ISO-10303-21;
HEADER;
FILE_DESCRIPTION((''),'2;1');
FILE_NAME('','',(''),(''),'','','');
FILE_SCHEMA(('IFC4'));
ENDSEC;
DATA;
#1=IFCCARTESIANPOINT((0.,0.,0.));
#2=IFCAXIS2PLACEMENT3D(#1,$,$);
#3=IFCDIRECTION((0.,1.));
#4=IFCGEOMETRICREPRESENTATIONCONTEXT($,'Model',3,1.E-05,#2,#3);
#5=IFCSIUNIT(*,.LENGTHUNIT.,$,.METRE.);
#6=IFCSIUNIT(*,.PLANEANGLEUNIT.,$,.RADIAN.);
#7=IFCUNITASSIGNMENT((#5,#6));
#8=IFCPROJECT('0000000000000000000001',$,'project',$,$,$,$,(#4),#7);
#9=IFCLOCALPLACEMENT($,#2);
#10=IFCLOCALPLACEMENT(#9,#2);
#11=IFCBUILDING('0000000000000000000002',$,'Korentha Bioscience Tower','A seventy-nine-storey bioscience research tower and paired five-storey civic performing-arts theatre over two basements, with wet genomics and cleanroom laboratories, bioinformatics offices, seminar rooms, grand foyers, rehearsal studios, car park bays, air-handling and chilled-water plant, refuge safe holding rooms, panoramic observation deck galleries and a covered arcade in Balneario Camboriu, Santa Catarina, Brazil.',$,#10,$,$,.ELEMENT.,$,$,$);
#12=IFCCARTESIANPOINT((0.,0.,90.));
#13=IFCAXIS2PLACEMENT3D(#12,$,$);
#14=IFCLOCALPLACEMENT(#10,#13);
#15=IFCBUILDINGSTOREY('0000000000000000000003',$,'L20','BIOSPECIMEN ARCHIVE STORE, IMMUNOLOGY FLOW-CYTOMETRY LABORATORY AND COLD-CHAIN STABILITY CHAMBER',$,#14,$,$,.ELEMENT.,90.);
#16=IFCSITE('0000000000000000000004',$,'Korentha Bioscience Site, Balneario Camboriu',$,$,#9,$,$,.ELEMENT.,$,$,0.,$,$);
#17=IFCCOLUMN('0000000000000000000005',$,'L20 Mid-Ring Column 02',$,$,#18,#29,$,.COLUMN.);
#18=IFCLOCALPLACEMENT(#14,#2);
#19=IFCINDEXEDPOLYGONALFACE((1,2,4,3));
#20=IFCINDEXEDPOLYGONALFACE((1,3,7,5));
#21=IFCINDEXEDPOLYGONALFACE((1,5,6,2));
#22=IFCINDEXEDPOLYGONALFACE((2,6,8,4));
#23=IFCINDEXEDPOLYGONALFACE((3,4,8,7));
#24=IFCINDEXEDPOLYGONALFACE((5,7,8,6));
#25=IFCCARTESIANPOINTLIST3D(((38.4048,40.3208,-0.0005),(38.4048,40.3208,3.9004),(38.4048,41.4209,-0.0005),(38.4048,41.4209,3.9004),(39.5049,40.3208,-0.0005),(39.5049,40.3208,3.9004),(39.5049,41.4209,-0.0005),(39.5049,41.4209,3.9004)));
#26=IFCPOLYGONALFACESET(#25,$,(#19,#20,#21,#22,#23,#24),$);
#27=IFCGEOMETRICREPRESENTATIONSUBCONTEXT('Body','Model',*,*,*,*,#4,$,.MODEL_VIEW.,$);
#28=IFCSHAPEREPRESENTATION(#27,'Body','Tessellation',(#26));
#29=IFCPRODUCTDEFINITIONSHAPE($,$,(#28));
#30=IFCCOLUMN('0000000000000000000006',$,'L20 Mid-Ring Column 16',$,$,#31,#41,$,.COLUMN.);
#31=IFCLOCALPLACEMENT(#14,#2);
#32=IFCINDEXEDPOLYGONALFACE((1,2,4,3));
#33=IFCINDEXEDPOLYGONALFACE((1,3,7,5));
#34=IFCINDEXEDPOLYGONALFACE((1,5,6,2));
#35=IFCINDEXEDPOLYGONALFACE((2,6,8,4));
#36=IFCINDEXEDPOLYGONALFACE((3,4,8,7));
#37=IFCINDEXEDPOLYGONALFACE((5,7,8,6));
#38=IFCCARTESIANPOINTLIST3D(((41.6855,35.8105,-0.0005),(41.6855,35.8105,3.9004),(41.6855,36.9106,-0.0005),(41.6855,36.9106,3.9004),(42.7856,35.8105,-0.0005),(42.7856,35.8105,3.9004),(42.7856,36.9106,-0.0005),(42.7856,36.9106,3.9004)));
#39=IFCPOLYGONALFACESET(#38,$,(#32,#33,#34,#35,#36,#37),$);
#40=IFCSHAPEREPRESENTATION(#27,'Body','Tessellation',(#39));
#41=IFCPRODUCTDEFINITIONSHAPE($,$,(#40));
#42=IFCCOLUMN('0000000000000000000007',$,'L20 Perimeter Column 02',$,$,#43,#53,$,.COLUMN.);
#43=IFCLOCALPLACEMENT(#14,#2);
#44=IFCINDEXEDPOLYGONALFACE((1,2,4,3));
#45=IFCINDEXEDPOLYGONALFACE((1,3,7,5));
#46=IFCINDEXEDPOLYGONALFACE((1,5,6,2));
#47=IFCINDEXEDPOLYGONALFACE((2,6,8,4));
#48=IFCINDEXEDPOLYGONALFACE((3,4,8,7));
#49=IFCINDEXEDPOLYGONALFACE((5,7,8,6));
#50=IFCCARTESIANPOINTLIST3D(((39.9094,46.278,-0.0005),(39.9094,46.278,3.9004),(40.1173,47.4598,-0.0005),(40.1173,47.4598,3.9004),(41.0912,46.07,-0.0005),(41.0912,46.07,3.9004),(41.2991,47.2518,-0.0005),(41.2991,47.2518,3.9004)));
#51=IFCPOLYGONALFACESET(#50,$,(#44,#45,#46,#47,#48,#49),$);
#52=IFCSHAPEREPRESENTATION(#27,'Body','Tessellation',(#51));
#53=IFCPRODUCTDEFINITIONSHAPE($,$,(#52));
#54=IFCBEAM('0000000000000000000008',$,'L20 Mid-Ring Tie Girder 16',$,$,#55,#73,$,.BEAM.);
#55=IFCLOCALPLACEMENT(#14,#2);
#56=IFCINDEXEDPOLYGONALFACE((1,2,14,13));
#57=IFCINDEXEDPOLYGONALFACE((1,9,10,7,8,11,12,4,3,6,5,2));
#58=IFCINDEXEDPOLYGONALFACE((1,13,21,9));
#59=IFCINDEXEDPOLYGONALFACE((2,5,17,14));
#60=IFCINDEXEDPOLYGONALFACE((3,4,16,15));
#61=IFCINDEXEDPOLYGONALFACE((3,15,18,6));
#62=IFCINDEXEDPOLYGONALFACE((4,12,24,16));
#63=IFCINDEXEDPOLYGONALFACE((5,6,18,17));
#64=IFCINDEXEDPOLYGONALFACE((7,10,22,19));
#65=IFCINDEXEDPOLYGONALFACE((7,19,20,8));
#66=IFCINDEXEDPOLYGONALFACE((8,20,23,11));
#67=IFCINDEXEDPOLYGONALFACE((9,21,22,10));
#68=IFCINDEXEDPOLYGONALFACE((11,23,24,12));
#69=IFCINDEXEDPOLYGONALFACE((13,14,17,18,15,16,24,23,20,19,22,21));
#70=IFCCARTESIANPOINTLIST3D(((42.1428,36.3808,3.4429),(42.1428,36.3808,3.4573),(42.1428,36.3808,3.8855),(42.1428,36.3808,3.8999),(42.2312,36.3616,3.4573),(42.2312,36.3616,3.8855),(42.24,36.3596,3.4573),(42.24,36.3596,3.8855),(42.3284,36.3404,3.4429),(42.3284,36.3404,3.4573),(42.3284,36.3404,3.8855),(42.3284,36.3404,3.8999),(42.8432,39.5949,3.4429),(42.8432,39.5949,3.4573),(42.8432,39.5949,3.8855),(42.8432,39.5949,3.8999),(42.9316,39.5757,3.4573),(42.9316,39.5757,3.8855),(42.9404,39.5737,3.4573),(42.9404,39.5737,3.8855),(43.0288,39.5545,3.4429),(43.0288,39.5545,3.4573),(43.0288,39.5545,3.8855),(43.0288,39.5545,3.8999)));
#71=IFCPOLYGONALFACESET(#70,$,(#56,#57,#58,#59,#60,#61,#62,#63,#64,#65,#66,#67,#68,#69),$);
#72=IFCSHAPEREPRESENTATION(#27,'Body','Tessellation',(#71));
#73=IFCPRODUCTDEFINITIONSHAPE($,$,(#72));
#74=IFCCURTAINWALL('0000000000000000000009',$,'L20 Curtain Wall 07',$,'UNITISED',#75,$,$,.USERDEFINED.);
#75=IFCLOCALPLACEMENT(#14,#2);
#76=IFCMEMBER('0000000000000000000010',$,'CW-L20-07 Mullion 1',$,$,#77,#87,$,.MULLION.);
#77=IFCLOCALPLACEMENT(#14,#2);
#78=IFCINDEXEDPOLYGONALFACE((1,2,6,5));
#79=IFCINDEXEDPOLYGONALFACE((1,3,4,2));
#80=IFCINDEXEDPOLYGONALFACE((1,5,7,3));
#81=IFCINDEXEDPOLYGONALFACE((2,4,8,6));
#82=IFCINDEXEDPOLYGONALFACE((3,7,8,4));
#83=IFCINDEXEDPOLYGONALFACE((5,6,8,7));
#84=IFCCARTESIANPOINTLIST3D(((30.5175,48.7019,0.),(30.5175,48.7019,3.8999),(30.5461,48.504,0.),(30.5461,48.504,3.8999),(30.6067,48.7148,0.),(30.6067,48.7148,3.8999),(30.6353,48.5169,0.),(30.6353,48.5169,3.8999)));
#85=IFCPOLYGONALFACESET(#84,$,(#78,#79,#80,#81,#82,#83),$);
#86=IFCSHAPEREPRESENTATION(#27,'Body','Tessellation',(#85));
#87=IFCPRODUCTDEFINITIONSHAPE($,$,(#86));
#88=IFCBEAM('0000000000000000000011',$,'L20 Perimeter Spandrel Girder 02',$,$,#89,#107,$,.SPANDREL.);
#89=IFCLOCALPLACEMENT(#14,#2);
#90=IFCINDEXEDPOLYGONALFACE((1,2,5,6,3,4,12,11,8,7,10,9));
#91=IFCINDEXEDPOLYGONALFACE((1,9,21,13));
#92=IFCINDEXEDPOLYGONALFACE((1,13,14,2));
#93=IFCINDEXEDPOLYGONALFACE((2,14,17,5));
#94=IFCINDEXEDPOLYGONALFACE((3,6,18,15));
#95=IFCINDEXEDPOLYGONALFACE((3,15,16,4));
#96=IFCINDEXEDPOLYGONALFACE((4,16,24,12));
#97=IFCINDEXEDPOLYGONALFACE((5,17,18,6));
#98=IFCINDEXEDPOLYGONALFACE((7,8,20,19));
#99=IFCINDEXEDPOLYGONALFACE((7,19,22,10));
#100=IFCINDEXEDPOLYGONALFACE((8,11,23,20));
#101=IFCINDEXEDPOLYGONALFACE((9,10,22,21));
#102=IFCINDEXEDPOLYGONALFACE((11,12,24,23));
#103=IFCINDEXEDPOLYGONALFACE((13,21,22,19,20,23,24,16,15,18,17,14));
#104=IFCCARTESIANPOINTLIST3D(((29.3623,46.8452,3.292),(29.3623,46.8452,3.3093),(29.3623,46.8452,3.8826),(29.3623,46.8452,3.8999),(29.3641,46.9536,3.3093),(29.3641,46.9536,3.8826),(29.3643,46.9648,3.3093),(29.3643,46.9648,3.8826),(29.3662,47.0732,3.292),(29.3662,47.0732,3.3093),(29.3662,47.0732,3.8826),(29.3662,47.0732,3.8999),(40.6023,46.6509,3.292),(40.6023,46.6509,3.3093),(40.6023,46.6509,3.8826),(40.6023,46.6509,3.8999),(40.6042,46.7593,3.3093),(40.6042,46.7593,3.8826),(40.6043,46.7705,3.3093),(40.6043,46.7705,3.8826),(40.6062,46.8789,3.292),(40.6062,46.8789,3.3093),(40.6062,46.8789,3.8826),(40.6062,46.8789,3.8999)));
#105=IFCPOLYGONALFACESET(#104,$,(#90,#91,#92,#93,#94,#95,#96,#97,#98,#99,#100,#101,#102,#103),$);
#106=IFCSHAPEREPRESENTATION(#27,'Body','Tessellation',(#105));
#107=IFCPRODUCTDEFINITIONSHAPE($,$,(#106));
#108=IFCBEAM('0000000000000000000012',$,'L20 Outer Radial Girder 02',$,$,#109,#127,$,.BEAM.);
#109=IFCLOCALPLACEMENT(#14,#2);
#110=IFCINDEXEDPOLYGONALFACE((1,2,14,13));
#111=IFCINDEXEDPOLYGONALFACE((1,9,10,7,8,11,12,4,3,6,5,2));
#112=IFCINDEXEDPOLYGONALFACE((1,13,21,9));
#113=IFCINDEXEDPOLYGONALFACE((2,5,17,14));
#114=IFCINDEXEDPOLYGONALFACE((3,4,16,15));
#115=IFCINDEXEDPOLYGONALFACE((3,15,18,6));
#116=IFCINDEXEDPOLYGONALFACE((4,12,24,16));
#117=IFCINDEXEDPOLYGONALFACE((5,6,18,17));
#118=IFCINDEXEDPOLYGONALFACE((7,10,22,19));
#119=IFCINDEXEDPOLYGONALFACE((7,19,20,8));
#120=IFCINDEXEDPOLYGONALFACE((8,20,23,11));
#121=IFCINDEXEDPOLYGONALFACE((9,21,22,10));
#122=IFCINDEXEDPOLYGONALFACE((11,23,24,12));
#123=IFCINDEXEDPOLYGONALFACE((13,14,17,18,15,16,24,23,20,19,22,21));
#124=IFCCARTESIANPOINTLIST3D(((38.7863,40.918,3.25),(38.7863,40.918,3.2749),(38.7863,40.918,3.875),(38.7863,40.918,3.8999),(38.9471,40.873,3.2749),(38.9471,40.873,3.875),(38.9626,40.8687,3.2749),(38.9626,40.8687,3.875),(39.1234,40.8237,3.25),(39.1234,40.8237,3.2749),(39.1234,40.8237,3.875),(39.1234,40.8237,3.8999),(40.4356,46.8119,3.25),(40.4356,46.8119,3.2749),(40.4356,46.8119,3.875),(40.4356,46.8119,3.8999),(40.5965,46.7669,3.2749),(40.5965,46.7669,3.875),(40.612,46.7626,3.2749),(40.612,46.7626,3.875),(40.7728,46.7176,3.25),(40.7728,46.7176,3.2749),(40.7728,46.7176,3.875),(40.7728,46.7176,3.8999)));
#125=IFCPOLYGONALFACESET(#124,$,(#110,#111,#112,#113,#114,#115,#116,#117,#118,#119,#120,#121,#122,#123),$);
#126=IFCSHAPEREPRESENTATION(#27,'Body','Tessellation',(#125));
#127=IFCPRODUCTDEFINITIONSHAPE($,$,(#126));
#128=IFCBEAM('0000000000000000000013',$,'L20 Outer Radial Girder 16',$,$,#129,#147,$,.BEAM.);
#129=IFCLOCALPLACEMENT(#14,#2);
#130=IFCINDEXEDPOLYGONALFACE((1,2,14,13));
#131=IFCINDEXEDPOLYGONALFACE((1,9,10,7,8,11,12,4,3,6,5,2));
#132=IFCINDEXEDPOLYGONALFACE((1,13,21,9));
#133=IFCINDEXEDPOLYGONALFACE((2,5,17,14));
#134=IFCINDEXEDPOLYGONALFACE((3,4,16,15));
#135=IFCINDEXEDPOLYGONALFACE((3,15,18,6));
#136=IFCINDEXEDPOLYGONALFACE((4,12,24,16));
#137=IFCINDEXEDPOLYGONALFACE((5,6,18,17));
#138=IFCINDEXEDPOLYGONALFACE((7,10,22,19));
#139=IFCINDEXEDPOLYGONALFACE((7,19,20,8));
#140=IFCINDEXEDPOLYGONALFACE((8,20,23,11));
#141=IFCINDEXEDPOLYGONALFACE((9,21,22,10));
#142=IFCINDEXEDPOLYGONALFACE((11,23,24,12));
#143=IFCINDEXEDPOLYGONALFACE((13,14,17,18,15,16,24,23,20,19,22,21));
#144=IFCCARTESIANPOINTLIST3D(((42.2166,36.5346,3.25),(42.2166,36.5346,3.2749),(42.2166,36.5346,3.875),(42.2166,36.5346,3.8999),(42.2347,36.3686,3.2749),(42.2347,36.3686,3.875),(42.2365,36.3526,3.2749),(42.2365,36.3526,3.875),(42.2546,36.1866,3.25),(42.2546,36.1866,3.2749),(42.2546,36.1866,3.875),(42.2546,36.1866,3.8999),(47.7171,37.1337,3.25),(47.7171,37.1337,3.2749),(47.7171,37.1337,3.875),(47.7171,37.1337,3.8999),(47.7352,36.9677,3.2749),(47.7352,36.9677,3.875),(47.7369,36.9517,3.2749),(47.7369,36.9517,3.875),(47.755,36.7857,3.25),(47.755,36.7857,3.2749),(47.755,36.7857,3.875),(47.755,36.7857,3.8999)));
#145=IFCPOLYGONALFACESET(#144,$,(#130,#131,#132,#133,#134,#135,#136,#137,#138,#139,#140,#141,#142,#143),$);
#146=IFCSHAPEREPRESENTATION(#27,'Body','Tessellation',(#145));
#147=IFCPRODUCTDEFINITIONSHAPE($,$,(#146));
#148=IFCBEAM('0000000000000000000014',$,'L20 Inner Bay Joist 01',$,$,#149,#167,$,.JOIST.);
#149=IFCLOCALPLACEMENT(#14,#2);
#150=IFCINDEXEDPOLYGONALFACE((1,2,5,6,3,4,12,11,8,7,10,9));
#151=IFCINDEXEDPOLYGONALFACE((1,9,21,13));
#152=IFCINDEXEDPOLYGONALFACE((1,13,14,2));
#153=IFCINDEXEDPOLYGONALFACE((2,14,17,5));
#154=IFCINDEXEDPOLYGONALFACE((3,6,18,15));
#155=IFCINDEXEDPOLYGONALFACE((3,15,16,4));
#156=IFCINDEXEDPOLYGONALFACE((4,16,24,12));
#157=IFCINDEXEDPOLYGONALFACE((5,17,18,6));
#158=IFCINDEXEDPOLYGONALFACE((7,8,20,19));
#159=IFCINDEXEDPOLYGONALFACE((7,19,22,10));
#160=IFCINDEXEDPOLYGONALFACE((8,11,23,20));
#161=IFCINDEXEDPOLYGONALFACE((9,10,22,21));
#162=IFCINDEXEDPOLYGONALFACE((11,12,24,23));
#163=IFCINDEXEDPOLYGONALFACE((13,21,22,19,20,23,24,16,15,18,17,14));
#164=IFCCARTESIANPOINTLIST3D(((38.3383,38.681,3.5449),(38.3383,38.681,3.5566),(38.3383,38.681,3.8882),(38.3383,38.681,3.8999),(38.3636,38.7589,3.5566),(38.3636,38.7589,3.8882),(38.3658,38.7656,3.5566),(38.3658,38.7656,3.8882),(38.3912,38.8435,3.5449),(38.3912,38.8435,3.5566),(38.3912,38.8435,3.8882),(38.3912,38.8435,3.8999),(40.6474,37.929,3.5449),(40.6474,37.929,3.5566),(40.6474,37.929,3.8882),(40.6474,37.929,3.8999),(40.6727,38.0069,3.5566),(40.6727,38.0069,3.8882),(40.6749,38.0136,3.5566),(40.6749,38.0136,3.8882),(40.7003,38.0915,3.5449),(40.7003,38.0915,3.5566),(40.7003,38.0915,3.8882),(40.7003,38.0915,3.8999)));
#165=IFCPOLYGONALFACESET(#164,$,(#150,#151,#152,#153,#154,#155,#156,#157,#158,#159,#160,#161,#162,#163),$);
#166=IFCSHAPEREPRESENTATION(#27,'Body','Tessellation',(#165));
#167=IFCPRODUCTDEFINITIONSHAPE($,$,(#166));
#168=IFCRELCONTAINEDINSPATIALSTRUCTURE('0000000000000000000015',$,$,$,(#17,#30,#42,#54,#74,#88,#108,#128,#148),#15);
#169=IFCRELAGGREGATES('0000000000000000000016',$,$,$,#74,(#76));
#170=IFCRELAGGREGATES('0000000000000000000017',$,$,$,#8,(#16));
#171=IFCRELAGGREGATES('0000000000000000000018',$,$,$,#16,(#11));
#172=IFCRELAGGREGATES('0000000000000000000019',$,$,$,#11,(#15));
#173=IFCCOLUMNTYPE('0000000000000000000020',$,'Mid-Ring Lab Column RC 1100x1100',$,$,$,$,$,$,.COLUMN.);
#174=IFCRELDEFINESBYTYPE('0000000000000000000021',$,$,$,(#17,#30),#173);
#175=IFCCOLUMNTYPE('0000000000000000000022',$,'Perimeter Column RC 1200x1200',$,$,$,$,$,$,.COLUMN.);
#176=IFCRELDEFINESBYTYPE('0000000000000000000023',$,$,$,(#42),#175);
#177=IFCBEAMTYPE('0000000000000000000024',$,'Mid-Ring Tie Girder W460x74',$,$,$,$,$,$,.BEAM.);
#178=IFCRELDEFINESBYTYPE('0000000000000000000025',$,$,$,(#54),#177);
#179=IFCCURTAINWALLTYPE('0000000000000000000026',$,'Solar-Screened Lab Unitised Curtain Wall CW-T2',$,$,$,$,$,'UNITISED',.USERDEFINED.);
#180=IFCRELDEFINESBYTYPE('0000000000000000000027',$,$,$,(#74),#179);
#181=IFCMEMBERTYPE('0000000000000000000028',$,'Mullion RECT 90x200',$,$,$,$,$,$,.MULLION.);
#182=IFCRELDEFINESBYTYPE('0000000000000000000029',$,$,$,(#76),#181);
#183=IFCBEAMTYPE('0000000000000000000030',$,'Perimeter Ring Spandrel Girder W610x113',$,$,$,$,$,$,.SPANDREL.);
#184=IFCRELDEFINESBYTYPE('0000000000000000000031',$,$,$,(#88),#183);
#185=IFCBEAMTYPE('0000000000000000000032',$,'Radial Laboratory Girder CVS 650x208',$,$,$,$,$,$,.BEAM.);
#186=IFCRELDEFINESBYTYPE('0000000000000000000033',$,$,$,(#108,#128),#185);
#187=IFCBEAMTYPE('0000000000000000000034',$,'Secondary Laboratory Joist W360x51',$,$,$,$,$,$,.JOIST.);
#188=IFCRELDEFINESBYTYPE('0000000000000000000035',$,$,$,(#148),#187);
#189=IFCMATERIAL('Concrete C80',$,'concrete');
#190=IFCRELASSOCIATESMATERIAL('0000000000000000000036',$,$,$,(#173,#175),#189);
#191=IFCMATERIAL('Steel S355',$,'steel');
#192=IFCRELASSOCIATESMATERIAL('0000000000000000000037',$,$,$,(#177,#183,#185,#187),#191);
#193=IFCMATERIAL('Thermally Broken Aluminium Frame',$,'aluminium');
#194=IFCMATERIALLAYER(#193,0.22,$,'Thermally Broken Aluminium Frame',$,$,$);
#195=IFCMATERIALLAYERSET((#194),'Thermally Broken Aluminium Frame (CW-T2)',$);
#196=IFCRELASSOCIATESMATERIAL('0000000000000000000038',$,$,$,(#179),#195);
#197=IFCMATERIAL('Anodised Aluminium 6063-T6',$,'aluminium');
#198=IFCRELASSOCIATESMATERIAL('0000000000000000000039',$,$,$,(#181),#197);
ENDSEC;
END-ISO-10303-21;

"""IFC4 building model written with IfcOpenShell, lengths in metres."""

from ifc_helpers import new_model, si_unit, direction, frame, origin, origin_2d, place, context, subcontext, project, spatial, rectangle, i_section, extrude, material, layer, layer_set, material_profile, profile_set, type_object, element, aggregate, save


model = new_model("IFC4")

# Units and contexts
model_context = context("Model", 3, precision=1e-05, world=origin(), true_north=direction((0.0, 1.0)))
body_context = subcontext(model_context, "Body", "Model", "MODEL_VIEW")
ifc_project = project(units=[si_unit("LENGTHUNIT", "METRE"), si_unit("PLANEANGLEUNIT", "RADIAN")], contexts=[model_context])

# Site, building, storey
site_placement = place(None, origin())
site = spatial("IfcSite", under=ifc_project, at=site_placement, Name="Korentha Bioscience Site, Balneario Camboriu", CompositionType="ELEMENT", RefElevation=0.0)
building_placement = place(site_placement, origin())
building = spatial("IfcBuilding", under=site, at=building_placement, Name="Korentha Bioscience Tower", Description="A seventy-nine-storey bioscience research tower and paired five-storey civic performing-arts theatre over two basements, with wet genomics and cleanroom laboratories, bioinformatics offices, seminar rooms, grand foyers, rehearsal studios, car park bays, air-handling and chilled-water plant, refuge safe holding rooms, panoramic observation deck galleries and a covered arcade in Balneario Camboriu, Santa Catarina, Brazil.", CompositionType="ELEMENT")
storey_placement = place(building_placement, frame((0.0, 0.0, 90.0)))
storey = spatial("IfcBuildingStorey", under=building, at=storey_placement, Name="L20", Description="BIOSPECIMEN ARCHIVE STORE, IMMUNOLOGY FLOW-CYTOMETRY LABORATORY AND COLD-CHAIN STABILITY CHAMBER", CompositionType="ELEMENT", Elevation=90.0)

# Columns
ifc_material_1 = material(Name="Concrete C80", Category="concrete")
ifc_material_profile_1 = material_profile(ifc_material_1, rectangle(XDim=1.1001, YDim=1.1001, at=origin_2d()), Name="Concrete C80")
ifc_profile_set_1 = profile_set([ifc_material_profile_1], Name="Concrete C80 (COL-MR11)")
column_type_1 = type_object("IfcColumnType", Name="Mid-Ring Lab Column RC 1100x1100", PredefinedType="COLUMN", material=ifc_profile_set_1)
for number, where, z_axis, x_axis, name in (
    (1, (38.9548, 40.8708, -0.0005), (0.0, 0.0, 1.0), (1.0, 0.0, 0.0), "L20 Mid-Ring Column 02"),
    (2, (42.2356, 36.3606, -0.0005), (0.0, 0.0, 1.0), (1.0, 0.0, 0.0), "L20 Mid-Ring Column 16"),
):
    element("IfcColumn", number, at=place(storey_placement, frame(where, z_axis=z_axis, x_axis=x_axis)), inside=storey, type_object=column_type_1, Name=name, PredefinedType="COLUMN", context=body_context, shape_type="SweptSolid", body=[
        extrude(rectangle(XDim=1.1001, YDim=1.1001, at=origin_2d()), origin(), (0.0, 0.0, 1.0), 3.9009),
    ])
ifc_material_profile_2 = material_profile(ifc_material_1, rectangle(XDim=1.2, YDim=1.2, at=origin_2d()), Name="Concrete C80")
ifc_profile_set_2 = profile_set([ifc_material_profile_2], Name="Concrete C80 (COL-P12)")
column_type_2 = type_object("IfcColumnType", Name="Perimeter Column RC 1200x1200", PredefinedType="COLUMN", material=ifc_profile_set_2)
column_placement = place(storey_placement, frame((40.6042, 46.7649, -0.0005), z_axis=(0.0, 0.0, 1.0), x_axis=(-0.984868, 0.173304, 0.0)))
element("IfcColumn", 3, at=column_placement, inside=storey, type_object=column_type_2, Name="L20 Perimeter Column 02", PredefinedType="COLUMN", context=body_context, shape_type="SweptSolid", body=[
    extrude(rectangle(XDim=1.2, YDim=1.2, at=origin_2d()), origin(), (0.0, 0.0, 1.0), 3.9009),
])

# Beam
ifc_material_2 = material(Name="Steel S355", Category="steel")
ifc_material_profile_3 = material_profile(ifc_material_2, i_section(OverallWidth=0.1899, OverallDepth=0.457, WebThickness=0.009, FlangeThickness=0.0144, at=origin_2d()), Name="Steel S355")
ifc_profile_set_3 = profile_set([ifc_material_profile_3], Name="Steel S355 (MB-460)")
beam_type_1 = type_object("IfcBeamType", Name="Mid-Ring Tie Girder W460x74", PredefinedType="BEAM", material=ifc_profile_set_3)
beam_1_placement = place(storey_placement, frame((42.2356, 36.3606, 3.6714), z_axis=(0.212929, 0.977068, 0.0), x_axis=(-0.977068, 0.212929, 0.0)))
element("IfcBeam", 4, at=beam_1_placement, inside=storey, type_object=beam_type_1, Name="L20 Mid-Ring Tie Girder 16", PredefinedType="BEAM", context=body_context, shape_type="SweptSolid", body=[
    extrude(i_section(OverallWidth=0.1899, OverallDepth=0.457, WebThickness=0.009, FlangeThickness=0.0144, at=origin_2d()), origin(), (0.0, 0.0, 1.0), 3.2896),
])

# Curtain wall, member
ifc_material_3 = material(Name="Thermally Broken Aluminium Frame", Category="aluminium")
ifc_layer_1 = layer(ifc_material_3, 0.22, Name="Thermally Broken Aluminium Frame")
ifc_layer_set_1 = layer_set([ifc_layer_1], Name="Thermally Broken Aluminium Frame (CW-T2)")
curtain_wall_type = type_object("IfcCurtainWallType", Name="Solar-Screened Lab Unitised Curtain Wall CW-T2", ElementType="UNITISED", PredefinedType="USERDEFINED", material=ifc_layer_set_1)
curtain_wall_placement = place(storey_placement, origin())
curtain_wall = element("IfcCurtainWall", 5, at=curtain_wall_placement, inside=storey, type_object=curtain_wall_type, Name="L20 Curtain Wall 07", ObjectType="UNITISED", PredefinedType="USERDEFINED")
ifc_material_4 = material(Name="Anodised Aluminium 6063-T6", Category="aluminium")
ifc_material_profile_4 = material_profile(ifc_material_4, rectangle(XDim=0.0901, YDim=0.2, at=origin_2d()), Name="Anodised Aluminium 6063-T6")
ifc_profile_set_4 = profile_set([ifc_material_profile_4], Name="Anodised Aluminium 6063-T6 (CW-MUL)")
member_type_1 = type_object("IfcMemberType", Name="Mullion RECT 90x200", PredefinedType="MULLION", material=ifc_profile_set_4)
member_1_placement = place(storey_placement, frame((30.5764, 48.6094, 0.0), z_axis=(0.0, 0.0, 1.0), x_axis=(-0.989738, -0.142892, 0.0)))
member_1 = element("IfcMember", 6, at=member_1_placement, type_object=member_type_1, Name="CW-L20-07 Mullion 1", PredefinedType="MULLION", context=body_context, shape_type="SweptSolid", body=[
    extrude(rectangle(XDim=0.0901, YDim=0.2, at=origin_2d()), origin(), (0.0, 0.0, 1.0), 3.8999),
])

# Beams
ifc_material_profile_5 = material_profile(ifc_material_2, i_section(OverallWidth=0.228, OverallDepth=0.6079, WebThickness=0.0112, FlangeThickness=0.0173, at=origin_2d()), Name="Steel S355")
ifc_profile_set_5 = profile_set([ifc_material_profile_5], Name="Steel S355 (SB-610)")
beam_type_2 = type_object("IfcBeamType", Name="Perimeter Ring Spandrel Girder W610x113", PredefinedType="SPANDREL", material=ifc_profile_set_5)
beam_2_placement = place(storey_placement, frame((40.6042, 46.7649, 3.5959), z_axis=(-0.999851, 0.017287, 0.0), x_axis=(-0.017287, -0.999851, 0.0)))
element("IfcBeam", 7, at=beam_2_placement, inside=storey, type_object=beam_type_2, Name="L20 Perimeter Spandrel Girder 02", PredefinedType="SPANDREL", context=body_context, shape_type="SweptSolid", body=[
    extrude(i_section(OverallWidth=0.228, OverallDepth=0.6079, WebThickness=0.0112, FlangeThickness=0.0173, at=origin_2d()), origin(), (0.0, 0.0, 1.0), 11.2417),
])
ifc_material_profile_6 = material_profile(ifc_material_2, i_section(OverallWidth=0.3501, OverallDepth=0.6499, WebThickness=0.0161, FlangeThickness=0.0249, at=origin_2d()), Name="Steel S355")
ifc_profile_set_6 = profile_set([ifc_material_profile_6], Name="Steel S355 (RB-650)")
beam_type_3 = type_object("IfcBeamType", Name="Radial Laboratory Girder CVS 650x208", PredefinedType="BEAM", material=ifc_profile_set_6)
beam_3_placement = place(storey_placement, frame((38.9548, 40.8708, 3.575), z_axis=(0.269491, 0.963003, 0.0), x_axis=(-0.963003, 0.269491, 0.0)))
element("IfcBeam", 8, at=beam_3_placement, inside=storey, type_object=beam_type_3, Name="L20 Outer Radial Girder 02", PredefinedType="BEAM", context=body_context, shape_type="SweptSolid", body=[
    extrude(i_section(OverallWidth=0.3501, OverallDepth=0.6499, WebThickness=0.0161, FlangeThickness=0.0249, at=origin_2d()), origin(), (0.0, 0.0, 1.0), 6.1204),
])
beam_4_placement = place(storey_placement, frame((42.2356, 36.3606, 3.575), z_axis=(0.99412, 0.108281, 0.0), x_axis=(-0.108281, 0.99412, 0.0)))
element("IfcBeam", 9, at=beam_4_placement, inside=storey, type_object=beam_type_3, Name="L20 Outer Radial Girder 16", PredefinedType="BEAM", context=body_context, shape_type="SweptSolid", body=[
    extrude(i_section(OverallWidth=0.3501, OverallDepth=0.6499, WebThickness=0.0161, FlangeThickness=0.0249, at=origin_2d()), origin(), (0.0, 0.0, 1.0), 5.533),
])
ifc_material_profile_7 = material_profile(ifc_material_2, i_section(OverallWidth=0.1709, OverallDepth=0.355, WebThickness=0.0071, FlangeThickness=0.0117, at=origin_2d()), Name="Steel S355")
ifc_profile_set_7 = profile_set([ifc_material_profile_7], Name="Steel S355 (JB-360)")
beam_type_4 = type_object("IfcBeamType", Name="Secondary Laboratory Joist W360x51", PredefinedType="JOIST", material=ifc_profile_set_7)
beam_5_placement = place(storey_placement, frame((40.6738, 38.0103, 3.7224), z_axis=(-0.950852, 0.309645, 0.0), x_axis=(-0.309645, -0.950852, 0.0)))
element("IfcBeam", 10, at=beam_5_placement, inside=storey, type_object=beam_type_4, Name="L20 Inner Bay Joist 01", PredefinedType="JOIST", context=body_context, shape_type="SweptSolid", body=[
    extrude(i_section(OverallWidth=0.1709, OverallDepth=0.355, WebThickness=0.0071, FlangeThickness=0.0117, at=origin_2d()), origin(), (0.0, 0.0, 1.0), 2.4285),
])

aggregate(curtain_wall, [member_1])

save(model, "model.ifc")
